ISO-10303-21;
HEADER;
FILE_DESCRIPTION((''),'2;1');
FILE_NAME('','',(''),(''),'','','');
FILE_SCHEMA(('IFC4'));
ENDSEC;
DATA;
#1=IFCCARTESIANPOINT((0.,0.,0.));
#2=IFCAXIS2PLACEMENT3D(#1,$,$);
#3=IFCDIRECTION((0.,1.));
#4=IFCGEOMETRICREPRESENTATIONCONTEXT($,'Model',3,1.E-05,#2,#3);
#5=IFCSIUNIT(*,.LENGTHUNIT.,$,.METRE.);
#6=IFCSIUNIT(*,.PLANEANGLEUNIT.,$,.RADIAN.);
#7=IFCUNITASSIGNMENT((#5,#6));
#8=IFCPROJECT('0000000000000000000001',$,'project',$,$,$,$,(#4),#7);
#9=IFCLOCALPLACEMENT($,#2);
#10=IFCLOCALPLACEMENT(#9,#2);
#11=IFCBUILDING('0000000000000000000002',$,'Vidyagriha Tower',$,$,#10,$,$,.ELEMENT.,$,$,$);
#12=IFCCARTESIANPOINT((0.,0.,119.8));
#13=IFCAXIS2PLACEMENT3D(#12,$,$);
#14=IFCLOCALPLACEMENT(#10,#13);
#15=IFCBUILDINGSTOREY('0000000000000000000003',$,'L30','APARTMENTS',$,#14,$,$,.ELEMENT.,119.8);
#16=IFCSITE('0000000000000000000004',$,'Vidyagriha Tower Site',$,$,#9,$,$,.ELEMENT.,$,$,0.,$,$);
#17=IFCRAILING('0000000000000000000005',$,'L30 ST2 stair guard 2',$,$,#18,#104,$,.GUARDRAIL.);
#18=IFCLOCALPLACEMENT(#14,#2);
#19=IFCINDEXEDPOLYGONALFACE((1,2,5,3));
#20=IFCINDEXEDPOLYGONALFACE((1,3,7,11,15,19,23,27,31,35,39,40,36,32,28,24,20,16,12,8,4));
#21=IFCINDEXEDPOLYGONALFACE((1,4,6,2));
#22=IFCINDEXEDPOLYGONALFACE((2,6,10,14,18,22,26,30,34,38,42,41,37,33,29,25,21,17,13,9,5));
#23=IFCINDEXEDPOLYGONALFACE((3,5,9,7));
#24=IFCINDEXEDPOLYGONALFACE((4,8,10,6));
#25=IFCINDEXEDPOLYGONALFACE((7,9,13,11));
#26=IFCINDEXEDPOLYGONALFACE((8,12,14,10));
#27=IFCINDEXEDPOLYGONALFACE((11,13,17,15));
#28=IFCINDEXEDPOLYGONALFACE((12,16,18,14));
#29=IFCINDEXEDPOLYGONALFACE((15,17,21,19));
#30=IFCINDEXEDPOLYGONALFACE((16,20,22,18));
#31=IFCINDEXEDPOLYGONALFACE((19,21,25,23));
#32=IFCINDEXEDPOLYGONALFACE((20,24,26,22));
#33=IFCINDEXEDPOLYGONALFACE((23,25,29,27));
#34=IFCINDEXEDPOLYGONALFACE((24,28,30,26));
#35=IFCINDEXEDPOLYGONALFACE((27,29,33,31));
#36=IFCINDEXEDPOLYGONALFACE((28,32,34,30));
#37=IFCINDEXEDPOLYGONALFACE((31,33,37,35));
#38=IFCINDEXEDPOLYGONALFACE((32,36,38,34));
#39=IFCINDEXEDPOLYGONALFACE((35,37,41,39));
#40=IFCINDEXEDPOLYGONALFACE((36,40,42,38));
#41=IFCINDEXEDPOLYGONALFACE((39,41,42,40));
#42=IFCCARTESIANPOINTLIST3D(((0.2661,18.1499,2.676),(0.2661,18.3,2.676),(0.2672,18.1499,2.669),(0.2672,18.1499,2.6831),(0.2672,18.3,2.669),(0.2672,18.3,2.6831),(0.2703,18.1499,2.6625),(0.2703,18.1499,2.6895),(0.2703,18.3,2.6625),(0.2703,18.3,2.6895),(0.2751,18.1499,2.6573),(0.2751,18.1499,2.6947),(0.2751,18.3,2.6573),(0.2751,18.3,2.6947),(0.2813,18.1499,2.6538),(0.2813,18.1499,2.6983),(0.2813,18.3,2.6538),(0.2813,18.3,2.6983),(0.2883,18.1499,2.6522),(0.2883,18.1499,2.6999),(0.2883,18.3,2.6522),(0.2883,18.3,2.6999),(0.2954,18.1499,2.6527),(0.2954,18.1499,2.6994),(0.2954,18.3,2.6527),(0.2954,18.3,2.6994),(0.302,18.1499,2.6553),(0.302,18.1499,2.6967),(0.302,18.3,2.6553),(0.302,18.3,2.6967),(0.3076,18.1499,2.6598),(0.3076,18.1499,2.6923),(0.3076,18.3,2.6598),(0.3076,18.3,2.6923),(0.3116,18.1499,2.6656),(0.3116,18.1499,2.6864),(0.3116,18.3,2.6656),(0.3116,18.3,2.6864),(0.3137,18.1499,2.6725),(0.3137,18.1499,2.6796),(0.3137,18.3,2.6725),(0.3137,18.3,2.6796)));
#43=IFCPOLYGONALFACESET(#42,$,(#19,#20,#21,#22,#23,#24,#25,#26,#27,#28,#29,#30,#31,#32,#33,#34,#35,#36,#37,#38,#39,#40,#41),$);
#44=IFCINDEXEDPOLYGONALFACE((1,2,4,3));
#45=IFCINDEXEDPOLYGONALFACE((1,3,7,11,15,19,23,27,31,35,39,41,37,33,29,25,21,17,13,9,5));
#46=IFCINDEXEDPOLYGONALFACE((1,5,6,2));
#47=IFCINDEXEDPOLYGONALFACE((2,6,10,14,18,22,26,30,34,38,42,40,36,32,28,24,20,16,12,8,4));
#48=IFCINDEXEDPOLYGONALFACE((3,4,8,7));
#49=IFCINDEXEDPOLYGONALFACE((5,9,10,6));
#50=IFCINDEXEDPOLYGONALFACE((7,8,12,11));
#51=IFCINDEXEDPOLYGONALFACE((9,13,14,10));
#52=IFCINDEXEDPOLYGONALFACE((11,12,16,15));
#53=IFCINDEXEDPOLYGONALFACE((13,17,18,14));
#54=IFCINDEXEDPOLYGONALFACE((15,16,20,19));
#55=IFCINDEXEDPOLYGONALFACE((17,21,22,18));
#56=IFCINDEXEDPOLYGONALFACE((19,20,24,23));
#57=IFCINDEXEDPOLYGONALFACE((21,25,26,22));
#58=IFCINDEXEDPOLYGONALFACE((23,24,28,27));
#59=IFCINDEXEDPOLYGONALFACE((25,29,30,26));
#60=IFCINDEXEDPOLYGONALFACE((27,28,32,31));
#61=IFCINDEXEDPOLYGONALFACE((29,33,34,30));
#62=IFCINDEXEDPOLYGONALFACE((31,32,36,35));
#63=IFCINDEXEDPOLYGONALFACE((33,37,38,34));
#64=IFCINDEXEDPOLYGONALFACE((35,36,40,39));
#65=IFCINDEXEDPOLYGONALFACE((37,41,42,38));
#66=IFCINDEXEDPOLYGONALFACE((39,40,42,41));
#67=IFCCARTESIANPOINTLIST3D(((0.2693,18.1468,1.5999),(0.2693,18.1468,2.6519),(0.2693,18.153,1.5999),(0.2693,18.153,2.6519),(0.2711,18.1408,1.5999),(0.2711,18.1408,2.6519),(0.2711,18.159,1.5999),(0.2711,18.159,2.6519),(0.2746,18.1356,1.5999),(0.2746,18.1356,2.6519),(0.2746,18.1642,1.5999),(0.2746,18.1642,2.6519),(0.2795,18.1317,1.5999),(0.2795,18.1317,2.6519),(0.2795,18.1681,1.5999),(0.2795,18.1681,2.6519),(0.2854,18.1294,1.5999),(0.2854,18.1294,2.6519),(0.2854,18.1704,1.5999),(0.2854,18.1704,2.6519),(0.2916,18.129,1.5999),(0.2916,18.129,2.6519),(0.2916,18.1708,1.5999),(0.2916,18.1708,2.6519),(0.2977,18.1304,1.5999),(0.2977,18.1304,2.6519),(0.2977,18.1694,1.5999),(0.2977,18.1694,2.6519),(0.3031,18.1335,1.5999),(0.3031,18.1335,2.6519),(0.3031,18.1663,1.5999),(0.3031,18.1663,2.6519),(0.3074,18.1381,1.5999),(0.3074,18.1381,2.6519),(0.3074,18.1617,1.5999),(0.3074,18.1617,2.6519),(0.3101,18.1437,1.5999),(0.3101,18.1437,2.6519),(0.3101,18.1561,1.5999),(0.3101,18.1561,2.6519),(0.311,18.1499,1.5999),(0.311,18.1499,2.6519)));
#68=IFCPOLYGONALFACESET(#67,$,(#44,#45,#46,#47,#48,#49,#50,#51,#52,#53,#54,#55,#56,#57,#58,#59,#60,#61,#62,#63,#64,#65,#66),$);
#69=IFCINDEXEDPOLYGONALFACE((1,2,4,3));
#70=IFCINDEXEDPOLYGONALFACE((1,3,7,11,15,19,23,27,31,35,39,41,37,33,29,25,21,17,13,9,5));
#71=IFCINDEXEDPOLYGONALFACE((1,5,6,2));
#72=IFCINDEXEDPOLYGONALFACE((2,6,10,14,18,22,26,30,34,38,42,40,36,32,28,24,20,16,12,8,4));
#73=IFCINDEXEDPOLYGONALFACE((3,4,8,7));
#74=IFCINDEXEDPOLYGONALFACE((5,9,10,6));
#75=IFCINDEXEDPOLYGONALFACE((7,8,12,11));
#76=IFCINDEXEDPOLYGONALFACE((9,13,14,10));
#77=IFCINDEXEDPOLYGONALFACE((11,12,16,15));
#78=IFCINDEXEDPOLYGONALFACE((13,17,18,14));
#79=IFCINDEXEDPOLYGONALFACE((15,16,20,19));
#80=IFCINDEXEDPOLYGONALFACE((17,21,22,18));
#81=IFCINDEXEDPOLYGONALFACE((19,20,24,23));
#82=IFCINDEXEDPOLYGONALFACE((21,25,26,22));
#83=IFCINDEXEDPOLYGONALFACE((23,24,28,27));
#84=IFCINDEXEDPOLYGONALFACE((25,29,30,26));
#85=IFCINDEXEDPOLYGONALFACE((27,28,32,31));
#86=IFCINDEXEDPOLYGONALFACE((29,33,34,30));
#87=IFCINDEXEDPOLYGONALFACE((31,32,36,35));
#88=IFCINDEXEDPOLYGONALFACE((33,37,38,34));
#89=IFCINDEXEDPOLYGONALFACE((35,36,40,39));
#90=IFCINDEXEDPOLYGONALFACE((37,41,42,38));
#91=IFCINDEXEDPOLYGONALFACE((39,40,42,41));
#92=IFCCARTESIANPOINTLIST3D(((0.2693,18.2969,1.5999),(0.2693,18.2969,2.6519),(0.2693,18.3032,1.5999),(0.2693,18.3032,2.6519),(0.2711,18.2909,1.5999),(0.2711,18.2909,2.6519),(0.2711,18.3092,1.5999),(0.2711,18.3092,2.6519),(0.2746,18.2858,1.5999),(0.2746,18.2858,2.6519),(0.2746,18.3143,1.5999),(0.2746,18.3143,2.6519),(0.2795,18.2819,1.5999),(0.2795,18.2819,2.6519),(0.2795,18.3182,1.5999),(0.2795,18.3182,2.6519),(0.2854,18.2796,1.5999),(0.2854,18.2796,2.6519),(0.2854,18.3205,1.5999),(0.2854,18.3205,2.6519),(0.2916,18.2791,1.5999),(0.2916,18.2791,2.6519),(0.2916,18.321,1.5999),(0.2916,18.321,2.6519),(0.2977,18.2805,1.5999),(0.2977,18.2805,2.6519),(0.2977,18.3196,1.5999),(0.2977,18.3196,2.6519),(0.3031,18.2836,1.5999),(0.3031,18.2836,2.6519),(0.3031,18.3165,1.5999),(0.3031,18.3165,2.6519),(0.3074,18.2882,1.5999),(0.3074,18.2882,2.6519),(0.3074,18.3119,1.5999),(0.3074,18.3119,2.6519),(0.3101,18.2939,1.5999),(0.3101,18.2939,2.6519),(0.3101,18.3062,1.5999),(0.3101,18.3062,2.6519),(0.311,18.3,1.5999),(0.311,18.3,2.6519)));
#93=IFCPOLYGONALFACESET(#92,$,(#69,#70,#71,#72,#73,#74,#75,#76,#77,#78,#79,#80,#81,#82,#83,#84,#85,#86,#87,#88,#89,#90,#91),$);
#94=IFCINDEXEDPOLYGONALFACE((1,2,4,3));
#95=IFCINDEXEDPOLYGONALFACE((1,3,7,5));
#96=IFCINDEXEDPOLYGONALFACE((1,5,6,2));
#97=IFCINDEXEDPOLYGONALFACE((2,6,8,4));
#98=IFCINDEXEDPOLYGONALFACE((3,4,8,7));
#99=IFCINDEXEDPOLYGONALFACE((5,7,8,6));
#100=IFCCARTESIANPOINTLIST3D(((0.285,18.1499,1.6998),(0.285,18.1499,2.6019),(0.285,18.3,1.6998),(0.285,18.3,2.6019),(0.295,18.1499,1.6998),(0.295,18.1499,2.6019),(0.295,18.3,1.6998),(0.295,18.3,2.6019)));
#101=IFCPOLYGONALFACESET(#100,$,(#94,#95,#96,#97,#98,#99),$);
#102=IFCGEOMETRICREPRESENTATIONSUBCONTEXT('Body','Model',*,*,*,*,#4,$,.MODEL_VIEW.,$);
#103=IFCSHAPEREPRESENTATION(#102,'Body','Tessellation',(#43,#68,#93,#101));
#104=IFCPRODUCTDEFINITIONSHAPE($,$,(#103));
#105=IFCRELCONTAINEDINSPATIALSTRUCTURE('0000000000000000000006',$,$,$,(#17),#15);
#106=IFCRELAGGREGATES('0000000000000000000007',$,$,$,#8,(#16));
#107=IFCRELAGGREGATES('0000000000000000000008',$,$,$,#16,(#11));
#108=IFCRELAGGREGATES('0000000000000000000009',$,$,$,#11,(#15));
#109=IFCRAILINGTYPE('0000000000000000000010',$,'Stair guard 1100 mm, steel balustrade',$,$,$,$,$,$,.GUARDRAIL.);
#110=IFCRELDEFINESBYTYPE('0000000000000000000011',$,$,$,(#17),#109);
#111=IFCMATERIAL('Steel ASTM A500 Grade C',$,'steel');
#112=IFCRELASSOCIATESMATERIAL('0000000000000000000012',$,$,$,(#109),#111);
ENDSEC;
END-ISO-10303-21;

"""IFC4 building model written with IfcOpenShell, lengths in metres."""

from ifc_helpers import new_model, si_unit, direction, frame, origin, origin_2d, place, context, subcontext, project, spatial, rectangle, circle, extrude, material, type_object, element, save


model = new_model("IFC4")

# Units and contexts
model_context = context("Model", 3, precision=1e-05, world=origin(), true_north=direction((0.0, 1.0)))
body_context = subcontext(model_context, "Body", "Model", "MODEL_VIEW")
ifc_project = project(units=[si_unit("LENGTHUNIT", "METRE"), si_unit("PLANEANGLEUNIT", "RADIAN")], contexts=[model_context])

# Site, building, storey
site_placement = place(None, origin())
site = spatial("IfcSite", under=ifc_project, at=site_placement, Name="Vidyagriha Tower Site", CompositionType="ELEMENT", RefElevation=0.0)
building_placement = place(site_placement, origin())
building = spatial("IfcBuilding", under=site, at=building_placement, Name="Vidyagriha Tower", CompositionType="ELEMENT")
storey_placement = place(building_placement, frame((0.0, 0.0, 119.8)))
storey = spatial("IfcBuildingStorey", under=building, at=storey_placement, Name="L30", Description="APARTMENTS", CompositionType="ELEMENT", Elevation=119.8)

# Railing
ifc_material_1 = material(Name="Steel ASTM A500 Grade C", Category="steel")
railing_type_1 = type_object("IfcRailingType", Name="Stair guard 1100 mm, steel balustrade", PredefinedType="GUARDRAIL", material=ifc_material_1)
railing_1_placement = place(storey_placement, frame((0.29, 18.1499, 1.5999)))
element("IfcRailing", 1, at=railing_1_placement, inside=storey, type_object=railing_type_1, Name="L30 ST2 stair guard 2", PredefinedType="GUARDRAIL", context=body_context, shape_type="SweptSolid", body=[
    extrude(circle(Radius=0.0239, at=origin_2d()), frame((0.0, 0.0, 1.0762), z_axis=(0.0, 1.0, 0.0), x_axis=(-1.0, 0.0, 0.0)), (0.0, 0.0, 1.0), 0.1501),
    extrude(circle(Radius=0.021, at=origin_2d()), origin(), (0.0, 0.0, 1.0), 1.052),
    extrude(circle(Radius=0.021, at=origin_2d()), frame((0.0, 0.1501, 0.0)), (0.0, 0.0, 1.0), 1.052),
    extrude(rectangle(XDim=0.01, YDim=0.9021, at=origin_2d()), frame((0.0, 0.0, 0.551), z_axis=(0.0, 1.0, 0.0), x_axis=(-1.0, 0.0, 0.0)), (0.0, 0.0, 1.0), 0.1501),
])

save(model, "model.ifc")
